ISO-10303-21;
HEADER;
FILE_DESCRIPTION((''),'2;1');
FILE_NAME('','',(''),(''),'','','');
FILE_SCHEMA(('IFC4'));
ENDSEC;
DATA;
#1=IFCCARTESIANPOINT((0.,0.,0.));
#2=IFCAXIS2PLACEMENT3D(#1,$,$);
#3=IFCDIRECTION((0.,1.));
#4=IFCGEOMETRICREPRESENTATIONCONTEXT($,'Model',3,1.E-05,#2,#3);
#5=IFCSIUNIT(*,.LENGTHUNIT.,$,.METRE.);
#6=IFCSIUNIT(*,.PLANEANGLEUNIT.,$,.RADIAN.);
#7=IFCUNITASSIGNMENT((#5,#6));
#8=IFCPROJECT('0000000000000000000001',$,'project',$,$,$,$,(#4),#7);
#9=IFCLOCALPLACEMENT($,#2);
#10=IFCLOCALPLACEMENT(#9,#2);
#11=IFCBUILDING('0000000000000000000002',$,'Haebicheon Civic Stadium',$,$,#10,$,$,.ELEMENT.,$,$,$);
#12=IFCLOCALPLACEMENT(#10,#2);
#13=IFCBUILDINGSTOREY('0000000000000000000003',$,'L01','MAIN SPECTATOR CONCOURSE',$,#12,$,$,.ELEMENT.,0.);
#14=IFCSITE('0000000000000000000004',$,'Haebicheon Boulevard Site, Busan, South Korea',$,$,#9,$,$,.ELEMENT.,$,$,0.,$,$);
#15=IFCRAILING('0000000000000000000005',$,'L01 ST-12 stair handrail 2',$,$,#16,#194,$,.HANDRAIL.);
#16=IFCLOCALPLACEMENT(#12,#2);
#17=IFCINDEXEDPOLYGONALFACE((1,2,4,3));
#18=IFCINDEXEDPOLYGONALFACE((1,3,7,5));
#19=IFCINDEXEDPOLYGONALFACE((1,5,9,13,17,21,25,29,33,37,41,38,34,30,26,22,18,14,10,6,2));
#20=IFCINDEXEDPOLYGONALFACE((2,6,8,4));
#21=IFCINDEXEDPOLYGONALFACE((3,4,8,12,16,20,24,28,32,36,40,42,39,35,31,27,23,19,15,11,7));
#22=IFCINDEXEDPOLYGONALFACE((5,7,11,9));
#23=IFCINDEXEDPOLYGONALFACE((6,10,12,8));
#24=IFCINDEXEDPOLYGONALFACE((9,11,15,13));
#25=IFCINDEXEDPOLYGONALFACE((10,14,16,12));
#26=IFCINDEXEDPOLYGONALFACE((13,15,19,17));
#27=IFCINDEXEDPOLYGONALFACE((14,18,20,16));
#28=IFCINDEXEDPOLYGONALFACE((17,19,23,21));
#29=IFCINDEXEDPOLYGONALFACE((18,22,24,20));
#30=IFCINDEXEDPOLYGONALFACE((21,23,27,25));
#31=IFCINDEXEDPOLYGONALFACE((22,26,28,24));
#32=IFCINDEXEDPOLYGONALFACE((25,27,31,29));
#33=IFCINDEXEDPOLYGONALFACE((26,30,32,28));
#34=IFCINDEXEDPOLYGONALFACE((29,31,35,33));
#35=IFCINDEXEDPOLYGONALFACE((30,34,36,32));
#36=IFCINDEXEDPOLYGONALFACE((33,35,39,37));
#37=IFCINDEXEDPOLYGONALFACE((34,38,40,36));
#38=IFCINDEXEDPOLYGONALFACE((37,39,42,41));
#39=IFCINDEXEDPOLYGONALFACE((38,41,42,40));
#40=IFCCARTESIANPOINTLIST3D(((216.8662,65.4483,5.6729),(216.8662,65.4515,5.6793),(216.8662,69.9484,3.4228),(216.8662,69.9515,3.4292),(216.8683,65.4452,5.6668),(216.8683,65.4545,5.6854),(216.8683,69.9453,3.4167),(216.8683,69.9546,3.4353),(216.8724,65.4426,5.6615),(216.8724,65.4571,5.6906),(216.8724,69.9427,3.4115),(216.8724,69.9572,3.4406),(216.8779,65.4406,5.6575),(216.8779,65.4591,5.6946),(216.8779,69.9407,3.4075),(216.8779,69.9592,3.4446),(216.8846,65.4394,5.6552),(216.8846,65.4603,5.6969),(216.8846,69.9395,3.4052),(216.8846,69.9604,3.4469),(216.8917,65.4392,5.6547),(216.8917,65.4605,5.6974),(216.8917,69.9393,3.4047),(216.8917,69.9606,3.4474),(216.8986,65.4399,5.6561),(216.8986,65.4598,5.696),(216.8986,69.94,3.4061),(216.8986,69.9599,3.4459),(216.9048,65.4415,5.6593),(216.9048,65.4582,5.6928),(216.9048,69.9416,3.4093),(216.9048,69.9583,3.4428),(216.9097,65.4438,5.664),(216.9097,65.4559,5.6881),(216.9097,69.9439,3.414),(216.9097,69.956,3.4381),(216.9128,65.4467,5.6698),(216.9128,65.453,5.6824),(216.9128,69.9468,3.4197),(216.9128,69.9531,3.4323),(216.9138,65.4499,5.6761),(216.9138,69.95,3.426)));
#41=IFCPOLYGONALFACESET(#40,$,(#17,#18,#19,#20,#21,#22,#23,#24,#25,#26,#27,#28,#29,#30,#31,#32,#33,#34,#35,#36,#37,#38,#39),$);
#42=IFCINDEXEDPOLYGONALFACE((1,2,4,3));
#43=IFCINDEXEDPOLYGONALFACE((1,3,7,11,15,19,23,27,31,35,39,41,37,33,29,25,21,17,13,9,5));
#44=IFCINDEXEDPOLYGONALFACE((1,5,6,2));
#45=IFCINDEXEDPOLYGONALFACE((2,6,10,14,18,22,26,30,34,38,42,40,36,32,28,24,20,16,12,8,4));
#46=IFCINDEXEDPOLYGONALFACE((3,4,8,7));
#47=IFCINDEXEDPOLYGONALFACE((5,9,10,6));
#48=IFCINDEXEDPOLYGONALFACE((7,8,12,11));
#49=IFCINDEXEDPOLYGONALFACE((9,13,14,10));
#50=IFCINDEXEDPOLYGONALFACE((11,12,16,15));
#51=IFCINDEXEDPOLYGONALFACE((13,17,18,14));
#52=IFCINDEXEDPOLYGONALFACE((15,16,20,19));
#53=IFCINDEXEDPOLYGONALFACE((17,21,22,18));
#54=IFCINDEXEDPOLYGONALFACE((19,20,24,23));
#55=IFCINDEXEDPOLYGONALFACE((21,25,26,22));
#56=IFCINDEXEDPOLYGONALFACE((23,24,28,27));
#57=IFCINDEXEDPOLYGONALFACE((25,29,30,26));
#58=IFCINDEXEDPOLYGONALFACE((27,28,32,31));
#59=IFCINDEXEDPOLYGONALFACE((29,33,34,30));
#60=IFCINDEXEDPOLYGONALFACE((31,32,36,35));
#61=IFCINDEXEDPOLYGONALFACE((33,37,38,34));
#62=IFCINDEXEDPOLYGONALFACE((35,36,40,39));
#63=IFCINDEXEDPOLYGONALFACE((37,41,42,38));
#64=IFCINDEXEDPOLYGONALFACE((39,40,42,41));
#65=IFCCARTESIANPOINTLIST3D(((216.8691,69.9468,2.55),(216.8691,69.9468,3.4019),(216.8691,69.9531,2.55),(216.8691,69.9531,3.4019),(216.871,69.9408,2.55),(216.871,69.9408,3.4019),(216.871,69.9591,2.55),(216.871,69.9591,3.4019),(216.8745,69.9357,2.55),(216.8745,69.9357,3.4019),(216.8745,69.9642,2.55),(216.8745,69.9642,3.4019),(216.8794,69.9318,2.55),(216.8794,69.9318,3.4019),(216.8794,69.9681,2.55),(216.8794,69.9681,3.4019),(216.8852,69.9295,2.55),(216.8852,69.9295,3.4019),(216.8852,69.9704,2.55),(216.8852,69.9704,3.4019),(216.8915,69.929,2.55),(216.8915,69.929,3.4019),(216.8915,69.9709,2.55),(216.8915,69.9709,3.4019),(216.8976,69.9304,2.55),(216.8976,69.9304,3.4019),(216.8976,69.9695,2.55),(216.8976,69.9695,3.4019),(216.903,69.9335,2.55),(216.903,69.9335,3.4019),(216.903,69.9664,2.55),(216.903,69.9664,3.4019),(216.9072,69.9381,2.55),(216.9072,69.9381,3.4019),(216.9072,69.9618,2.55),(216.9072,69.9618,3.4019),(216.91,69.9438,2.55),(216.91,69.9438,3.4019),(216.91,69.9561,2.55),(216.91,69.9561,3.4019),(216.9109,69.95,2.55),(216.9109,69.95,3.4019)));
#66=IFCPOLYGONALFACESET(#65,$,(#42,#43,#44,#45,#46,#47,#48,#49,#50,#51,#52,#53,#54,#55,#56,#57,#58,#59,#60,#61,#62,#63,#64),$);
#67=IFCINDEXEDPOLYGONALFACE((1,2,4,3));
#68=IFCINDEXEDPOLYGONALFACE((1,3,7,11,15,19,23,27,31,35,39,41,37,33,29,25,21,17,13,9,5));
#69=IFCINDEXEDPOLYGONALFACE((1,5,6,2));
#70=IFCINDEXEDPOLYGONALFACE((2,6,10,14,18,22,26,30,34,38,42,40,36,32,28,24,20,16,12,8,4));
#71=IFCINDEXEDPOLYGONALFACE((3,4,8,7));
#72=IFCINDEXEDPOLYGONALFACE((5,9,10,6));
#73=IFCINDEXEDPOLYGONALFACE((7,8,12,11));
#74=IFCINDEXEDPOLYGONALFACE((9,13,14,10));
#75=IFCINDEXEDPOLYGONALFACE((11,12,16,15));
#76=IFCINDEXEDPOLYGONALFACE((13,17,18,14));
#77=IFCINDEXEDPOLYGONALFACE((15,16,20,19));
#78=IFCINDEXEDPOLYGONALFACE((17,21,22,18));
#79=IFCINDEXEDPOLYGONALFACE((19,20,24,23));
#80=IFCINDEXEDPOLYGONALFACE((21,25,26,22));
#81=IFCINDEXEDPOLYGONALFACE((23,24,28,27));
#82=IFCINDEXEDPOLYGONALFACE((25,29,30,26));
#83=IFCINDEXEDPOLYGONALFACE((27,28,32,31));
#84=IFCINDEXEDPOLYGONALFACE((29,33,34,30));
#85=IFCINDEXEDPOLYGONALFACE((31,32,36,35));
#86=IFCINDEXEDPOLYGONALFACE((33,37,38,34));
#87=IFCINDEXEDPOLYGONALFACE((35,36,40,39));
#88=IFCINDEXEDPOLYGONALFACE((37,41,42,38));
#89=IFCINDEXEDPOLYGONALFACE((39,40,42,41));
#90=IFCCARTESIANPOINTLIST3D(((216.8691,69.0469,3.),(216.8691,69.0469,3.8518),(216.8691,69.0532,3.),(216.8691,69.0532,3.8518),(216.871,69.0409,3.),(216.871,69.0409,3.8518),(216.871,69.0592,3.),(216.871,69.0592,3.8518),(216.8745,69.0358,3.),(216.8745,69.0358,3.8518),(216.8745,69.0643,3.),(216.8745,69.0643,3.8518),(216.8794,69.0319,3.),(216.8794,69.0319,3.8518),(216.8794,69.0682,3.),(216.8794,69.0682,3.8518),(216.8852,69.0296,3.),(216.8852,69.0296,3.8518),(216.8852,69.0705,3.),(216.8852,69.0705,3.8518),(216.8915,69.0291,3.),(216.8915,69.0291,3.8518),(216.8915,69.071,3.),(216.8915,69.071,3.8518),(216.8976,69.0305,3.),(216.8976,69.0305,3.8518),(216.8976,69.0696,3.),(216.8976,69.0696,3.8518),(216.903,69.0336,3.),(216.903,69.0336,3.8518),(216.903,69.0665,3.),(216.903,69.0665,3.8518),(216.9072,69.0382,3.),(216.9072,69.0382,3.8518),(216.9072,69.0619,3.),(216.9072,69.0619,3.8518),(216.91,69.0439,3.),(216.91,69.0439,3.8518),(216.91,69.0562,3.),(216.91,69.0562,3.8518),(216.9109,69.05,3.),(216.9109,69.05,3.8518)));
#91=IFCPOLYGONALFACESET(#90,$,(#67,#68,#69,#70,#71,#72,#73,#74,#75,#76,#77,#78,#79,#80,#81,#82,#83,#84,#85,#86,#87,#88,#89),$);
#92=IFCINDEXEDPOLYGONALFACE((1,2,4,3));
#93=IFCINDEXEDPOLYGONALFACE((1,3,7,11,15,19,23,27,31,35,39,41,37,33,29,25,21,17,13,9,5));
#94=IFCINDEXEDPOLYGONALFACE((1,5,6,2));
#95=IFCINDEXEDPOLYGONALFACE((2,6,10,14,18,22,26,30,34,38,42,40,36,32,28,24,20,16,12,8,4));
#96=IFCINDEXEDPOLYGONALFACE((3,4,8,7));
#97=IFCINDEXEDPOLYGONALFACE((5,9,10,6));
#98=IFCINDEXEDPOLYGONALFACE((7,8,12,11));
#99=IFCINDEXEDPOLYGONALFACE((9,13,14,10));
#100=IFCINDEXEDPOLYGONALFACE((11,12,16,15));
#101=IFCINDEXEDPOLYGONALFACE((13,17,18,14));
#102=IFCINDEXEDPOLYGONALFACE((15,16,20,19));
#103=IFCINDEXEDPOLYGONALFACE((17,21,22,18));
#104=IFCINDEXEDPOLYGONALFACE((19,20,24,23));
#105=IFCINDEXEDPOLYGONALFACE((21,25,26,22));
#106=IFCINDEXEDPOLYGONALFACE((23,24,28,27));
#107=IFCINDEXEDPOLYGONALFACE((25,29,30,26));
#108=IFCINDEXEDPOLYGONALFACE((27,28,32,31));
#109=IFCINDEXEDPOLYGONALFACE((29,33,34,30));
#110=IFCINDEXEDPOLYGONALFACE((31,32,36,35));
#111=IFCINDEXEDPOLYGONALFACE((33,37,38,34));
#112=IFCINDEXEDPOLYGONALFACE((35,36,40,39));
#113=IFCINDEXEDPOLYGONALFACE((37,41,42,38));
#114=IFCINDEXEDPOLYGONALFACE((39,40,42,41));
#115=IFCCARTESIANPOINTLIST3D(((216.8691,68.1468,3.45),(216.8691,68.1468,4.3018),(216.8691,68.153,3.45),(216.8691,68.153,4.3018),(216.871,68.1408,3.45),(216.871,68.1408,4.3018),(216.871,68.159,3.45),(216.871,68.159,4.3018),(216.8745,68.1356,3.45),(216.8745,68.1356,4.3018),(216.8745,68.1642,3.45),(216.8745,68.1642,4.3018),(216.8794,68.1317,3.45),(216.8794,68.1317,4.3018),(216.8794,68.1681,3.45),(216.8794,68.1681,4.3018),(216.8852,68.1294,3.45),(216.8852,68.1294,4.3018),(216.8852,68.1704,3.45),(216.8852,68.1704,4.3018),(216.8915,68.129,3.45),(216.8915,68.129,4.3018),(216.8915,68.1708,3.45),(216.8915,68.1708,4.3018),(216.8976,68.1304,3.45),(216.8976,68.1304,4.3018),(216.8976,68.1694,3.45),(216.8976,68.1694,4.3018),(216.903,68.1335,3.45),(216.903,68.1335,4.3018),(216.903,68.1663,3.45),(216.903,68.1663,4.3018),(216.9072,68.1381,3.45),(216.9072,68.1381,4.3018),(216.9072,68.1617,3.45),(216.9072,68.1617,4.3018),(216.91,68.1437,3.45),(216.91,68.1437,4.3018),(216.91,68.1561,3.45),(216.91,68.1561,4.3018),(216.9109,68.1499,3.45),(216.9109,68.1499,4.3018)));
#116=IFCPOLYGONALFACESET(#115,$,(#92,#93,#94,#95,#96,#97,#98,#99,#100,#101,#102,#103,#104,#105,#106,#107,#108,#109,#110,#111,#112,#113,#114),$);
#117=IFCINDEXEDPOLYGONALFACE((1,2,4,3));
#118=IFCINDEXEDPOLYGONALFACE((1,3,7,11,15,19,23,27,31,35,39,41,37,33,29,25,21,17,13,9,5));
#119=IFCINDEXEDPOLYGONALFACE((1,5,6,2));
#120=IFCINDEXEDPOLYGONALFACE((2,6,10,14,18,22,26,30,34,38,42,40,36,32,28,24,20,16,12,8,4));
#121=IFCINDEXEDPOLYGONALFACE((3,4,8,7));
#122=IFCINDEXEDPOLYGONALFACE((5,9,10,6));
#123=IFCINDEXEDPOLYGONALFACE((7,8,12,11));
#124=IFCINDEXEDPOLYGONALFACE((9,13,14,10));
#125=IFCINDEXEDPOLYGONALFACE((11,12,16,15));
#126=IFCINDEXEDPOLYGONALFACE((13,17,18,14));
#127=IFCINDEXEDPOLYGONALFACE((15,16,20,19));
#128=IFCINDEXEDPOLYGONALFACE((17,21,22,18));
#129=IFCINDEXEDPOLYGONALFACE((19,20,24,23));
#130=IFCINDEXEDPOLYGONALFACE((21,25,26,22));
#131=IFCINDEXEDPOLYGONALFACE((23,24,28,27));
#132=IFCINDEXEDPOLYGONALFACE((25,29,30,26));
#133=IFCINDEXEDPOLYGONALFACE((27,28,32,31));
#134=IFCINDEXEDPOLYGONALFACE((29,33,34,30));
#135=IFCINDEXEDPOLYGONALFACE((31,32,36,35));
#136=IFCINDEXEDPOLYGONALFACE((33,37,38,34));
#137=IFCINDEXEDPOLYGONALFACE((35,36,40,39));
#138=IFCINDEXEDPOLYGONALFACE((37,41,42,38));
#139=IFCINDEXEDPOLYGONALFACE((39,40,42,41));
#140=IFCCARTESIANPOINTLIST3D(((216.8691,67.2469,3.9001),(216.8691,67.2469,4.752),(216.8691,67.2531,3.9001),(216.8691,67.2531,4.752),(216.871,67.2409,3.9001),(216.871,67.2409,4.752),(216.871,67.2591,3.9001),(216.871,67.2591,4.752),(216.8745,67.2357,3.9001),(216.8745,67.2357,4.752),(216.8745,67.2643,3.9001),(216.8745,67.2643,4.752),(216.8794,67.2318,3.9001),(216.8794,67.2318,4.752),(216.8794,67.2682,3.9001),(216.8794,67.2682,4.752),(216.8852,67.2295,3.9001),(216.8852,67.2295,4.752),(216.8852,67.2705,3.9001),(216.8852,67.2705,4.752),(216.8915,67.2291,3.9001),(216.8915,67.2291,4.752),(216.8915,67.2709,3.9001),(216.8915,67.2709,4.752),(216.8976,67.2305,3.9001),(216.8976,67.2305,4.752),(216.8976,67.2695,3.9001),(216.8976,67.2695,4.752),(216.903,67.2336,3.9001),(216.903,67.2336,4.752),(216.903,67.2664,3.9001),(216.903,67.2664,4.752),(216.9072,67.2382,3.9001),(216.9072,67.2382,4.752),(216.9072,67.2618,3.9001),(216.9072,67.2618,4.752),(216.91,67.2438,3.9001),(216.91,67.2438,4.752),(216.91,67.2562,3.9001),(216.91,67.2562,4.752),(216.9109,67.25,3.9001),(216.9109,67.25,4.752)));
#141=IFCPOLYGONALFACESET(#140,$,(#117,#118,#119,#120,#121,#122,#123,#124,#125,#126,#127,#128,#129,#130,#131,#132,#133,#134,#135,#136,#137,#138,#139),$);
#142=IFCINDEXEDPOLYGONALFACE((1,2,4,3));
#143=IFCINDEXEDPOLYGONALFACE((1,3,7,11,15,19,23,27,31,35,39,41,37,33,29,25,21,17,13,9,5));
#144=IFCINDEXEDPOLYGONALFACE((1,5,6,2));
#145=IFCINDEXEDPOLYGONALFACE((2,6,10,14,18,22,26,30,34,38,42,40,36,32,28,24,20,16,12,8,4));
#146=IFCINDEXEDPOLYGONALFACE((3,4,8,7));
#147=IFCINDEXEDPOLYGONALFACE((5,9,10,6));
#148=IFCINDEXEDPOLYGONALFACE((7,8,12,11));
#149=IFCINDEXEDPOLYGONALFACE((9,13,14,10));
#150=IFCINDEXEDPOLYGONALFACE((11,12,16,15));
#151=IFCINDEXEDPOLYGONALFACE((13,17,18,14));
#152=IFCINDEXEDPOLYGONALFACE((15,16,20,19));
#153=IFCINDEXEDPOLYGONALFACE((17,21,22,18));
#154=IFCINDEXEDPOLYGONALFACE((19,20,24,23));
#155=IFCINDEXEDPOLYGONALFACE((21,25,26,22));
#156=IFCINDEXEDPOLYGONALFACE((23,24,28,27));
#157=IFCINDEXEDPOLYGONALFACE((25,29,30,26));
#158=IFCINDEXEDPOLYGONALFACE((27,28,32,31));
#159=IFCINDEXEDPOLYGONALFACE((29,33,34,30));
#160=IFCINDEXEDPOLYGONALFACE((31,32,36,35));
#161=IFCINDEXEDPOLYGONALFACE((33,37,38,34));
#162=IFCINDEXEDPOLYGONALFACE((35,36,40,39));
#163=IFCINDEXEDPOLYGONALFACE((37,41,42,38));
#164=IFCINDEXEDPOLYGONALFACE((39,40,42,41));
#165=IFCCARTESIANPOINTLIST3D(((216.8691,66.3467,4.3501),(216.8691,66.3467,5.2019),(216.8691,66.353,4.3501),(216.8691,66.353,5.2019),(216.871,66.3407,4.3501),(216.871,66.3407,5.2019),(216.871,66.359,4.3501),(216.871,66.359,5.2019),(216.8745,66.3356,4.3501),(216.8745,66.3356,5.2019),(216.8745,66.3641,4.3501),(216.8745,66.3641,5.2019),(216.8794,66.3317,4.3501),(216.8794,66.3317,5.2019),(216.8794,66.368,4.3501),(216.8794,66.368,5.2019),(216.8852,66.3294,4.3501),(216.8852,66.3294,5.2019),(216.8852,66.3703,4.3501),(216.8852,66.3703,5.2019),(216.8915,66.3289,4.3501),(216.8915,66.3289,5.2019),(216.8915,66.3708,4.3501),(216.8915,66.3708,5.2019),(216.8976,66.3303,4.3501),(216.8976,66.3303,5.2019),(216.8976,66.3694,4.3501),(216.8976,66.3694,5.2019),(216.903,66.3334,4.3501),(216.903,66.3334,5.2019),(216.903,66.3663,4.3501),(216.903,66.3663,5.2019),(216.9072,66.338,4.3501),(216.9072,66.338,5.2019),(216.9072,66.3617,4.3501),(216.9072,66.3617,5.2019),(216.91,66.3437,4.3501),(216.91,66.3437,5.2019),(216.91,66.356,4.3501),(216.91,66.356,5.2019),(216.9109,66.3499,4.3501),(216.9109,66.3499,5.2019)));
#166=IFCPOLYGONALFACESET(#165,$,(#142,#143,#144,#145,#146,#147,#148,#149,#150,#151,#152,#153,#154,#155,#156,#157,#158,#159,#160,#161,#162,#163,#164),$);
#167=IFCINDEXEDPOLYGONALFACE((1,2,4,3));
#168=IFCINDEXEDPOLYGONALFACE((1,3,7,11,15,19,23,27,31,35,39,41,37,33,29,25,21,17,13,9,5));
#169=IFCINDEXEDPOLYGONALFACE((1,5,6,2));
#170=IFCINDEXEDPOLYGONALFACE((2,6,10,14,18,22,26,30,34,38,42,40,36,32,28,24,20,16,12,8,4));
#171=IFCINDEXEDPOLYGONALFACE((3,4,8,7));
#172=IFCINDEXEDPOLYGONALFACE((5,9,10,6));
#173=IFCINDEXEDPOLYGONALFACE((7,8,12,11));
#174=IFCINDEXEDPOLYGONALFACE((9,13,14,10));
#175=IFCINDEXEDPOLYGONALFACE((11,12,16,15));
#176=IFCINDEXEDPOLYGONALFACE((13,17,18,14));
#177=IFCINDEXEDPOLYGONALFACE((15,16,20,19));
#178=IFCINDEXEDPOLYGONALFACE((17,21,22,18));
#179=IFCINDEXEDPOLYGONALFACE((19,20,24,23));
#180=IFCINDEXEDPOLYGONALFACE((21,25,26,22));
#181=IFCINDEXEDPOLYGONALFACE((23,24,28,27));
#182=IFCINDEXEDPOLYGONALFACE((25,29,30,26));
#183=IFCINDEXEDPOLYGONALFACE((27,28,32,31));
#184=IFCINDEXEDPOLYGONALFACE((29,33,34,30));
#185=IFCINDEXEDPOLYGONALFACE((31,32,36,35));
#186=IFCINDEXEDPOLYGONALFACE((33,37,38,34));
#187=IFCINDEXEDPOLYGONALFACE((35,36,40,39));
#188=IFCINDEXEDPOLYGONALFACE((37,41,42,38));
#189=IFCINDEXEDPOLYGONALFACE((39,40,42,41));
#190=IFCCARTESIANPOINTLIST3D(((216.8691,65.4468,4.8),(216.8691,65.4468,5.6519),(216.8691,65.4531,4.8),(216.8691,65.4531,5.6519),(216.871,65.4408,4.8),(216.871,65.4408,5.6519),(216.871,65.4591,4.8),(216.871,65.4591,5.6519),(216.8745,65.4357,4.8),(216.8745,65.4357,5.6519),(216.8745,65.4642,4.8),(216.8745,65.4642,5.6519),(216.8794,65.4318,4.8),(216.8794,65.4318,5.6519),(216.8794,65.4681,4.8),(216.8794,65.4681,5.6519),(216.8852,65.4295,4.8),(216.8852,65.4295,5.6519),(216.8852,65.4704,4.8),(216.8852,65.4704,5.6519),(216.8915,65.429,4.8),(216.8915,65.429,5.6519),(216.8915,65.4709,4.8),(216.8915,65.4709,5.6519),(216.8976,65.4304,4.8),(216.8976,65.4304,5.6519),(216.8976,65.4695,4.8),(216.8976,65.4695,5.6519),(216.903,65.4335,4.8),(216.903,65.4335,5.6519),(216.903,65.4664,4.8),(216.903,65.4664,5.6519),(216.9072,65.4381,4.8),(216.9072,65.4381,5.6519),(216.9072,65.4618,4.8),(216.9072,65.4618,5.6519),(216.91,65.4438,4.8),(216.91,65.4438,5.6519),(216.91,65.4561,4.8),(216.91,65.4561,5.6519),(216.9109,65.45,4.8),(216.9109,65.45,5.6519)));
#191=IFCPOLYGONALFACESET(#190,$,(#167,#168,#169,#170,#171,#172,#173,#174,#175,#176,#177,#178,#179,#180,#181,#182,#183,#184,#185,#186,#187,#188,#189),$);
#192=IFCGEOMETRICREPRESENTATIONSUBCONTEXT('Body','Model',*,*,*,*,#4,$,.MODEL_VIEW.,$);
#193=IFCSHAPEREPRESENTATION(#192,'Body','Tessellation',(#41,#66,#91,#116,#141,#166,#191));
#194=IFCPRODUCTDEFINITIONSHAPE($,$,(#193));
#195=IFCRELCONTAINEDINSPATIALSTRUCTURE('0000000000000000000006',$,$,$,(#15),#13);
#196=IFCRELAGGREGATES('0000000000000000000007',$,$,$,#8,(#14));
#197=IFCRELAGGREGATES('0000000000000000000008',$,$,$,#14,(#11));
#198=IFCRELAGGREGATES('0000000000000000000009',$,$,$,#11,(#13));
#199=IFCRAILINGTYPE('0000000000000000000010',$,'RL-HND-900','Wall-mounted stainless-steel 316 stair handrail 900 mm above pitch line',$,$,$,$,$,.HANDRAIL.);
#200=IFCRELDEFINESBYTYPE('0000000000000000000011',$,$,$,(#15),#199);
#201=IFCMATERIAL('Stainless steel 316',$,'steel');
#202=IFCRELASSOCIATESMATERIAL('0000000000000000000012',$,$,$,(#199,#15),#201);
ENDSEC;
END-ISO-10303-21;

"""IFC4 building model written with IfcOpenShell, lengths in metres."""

from ifc_helpers import new_model, si_unit, direction, frame, origin, origin_2d, place, context, subcontext, project, spatial, circle, extrude, material, type_object, element, save


model = new_model("IFC4")

# Units and contexts
model_context = context("Model", 3, precision=1e-05, world=origin(), true_north=direction((0.0, 1.0)))
body_context = subcontext(model_context, "Body", "Model", "MODEL_VIEW")
ifc_project = project(units=[si_unit("LENGTHUNIT", "METRE"), si_unit("PLANEANGLEUNIT", "RADIAN")], contexts=[model_context])

# Site, building, storey
site_placement = place(None, origin())
site = spatial("IfcSite", under=ifc_project, at=site_placement, Name="Haebicheon Boulevard Site, Busan, South Korea", CompositionType="ELEMENT", RefElevation=0.0)
building_placement = place(site_placement, origin())
building = spatial("IfcBuilding", under=site, at=building_placement, Name="Haebicheon Civic Stadium", CompositionType="ELEMENT")
storey_placement = place(building_placement, origin())
storey = spatial("IfcBuildingStorey", under=building, at=storey_placement, Name="L01", Description="MAIN SPECTATOR CONCOURSE", CompositionType="ELEMENT", Elevation=0.0)

# Railing
ifc_material_1 = material(Name="Stainless steel 316", Category="steel")
railing_type_1 = type_object("IfcRailingType", Name="RL-HND-900", Description="Wall-mounted stainless-steel 316 stair handrail 900 mm above pitch line", PredefinedType="HANDRAIL", material=ifc_material_1)
railing_1_placement = place(storey_placement, frame((216.8899, 69.95, 2.55)))
element("IfcRailing", 1, at=railing_1_placement, inside=storey, type_object=railing_type_1, material=ifc_material_1, Name="L01 ST-12 stair handrail 2", PredefinedType="HANDRAIL", context=body_context, shape_type="SweptSolid", body=[
    extrude(circle(Radius=0.0239, at=origin_2d()), frame((0.0, 0.0, 0.876), z_axis=(0.0, -0.894427, 0.447214), x_axis=(1.0, 0.0, 0.0)), (0.0, 0.0, 1.0), 5.0312),
    extrude(circle(Radius=0.021, at=origin_2d()), origin(), (0.0, 0.0, 1.0), 0.8518),
    extrude(circle(Radius=0.021, at=origin_2d()), frame((0.0, -0.8999, 0.45)), (0.0, 0.0, 1.0), 0.8518),
    extrude(circle(Radius=0.021, at=origin_2d()), frame((0.0, -1.8, 0.8999)), (0.0, 0.0, 1.0), 0.8518),
    extrude(circle(Radius=0.021, at=origin_2d()), frame((0.0, -2.7, 1.3501)), (0.0, 0.0, 1.0), 0.8518),
    extrude(circle(Radius=0.021, at=origin_2d()), frame((0.0, -3.6001, 1.8)), (0.0, 0.0, 1.0), 0.8518),
    extrude(circle(Radius=0.021, at=origin_2d()), frame((0.0, -4.5, 2.25)), (0.0, 0.0, 1.0), 0.8518),
])

save(model, "model.ifc")
